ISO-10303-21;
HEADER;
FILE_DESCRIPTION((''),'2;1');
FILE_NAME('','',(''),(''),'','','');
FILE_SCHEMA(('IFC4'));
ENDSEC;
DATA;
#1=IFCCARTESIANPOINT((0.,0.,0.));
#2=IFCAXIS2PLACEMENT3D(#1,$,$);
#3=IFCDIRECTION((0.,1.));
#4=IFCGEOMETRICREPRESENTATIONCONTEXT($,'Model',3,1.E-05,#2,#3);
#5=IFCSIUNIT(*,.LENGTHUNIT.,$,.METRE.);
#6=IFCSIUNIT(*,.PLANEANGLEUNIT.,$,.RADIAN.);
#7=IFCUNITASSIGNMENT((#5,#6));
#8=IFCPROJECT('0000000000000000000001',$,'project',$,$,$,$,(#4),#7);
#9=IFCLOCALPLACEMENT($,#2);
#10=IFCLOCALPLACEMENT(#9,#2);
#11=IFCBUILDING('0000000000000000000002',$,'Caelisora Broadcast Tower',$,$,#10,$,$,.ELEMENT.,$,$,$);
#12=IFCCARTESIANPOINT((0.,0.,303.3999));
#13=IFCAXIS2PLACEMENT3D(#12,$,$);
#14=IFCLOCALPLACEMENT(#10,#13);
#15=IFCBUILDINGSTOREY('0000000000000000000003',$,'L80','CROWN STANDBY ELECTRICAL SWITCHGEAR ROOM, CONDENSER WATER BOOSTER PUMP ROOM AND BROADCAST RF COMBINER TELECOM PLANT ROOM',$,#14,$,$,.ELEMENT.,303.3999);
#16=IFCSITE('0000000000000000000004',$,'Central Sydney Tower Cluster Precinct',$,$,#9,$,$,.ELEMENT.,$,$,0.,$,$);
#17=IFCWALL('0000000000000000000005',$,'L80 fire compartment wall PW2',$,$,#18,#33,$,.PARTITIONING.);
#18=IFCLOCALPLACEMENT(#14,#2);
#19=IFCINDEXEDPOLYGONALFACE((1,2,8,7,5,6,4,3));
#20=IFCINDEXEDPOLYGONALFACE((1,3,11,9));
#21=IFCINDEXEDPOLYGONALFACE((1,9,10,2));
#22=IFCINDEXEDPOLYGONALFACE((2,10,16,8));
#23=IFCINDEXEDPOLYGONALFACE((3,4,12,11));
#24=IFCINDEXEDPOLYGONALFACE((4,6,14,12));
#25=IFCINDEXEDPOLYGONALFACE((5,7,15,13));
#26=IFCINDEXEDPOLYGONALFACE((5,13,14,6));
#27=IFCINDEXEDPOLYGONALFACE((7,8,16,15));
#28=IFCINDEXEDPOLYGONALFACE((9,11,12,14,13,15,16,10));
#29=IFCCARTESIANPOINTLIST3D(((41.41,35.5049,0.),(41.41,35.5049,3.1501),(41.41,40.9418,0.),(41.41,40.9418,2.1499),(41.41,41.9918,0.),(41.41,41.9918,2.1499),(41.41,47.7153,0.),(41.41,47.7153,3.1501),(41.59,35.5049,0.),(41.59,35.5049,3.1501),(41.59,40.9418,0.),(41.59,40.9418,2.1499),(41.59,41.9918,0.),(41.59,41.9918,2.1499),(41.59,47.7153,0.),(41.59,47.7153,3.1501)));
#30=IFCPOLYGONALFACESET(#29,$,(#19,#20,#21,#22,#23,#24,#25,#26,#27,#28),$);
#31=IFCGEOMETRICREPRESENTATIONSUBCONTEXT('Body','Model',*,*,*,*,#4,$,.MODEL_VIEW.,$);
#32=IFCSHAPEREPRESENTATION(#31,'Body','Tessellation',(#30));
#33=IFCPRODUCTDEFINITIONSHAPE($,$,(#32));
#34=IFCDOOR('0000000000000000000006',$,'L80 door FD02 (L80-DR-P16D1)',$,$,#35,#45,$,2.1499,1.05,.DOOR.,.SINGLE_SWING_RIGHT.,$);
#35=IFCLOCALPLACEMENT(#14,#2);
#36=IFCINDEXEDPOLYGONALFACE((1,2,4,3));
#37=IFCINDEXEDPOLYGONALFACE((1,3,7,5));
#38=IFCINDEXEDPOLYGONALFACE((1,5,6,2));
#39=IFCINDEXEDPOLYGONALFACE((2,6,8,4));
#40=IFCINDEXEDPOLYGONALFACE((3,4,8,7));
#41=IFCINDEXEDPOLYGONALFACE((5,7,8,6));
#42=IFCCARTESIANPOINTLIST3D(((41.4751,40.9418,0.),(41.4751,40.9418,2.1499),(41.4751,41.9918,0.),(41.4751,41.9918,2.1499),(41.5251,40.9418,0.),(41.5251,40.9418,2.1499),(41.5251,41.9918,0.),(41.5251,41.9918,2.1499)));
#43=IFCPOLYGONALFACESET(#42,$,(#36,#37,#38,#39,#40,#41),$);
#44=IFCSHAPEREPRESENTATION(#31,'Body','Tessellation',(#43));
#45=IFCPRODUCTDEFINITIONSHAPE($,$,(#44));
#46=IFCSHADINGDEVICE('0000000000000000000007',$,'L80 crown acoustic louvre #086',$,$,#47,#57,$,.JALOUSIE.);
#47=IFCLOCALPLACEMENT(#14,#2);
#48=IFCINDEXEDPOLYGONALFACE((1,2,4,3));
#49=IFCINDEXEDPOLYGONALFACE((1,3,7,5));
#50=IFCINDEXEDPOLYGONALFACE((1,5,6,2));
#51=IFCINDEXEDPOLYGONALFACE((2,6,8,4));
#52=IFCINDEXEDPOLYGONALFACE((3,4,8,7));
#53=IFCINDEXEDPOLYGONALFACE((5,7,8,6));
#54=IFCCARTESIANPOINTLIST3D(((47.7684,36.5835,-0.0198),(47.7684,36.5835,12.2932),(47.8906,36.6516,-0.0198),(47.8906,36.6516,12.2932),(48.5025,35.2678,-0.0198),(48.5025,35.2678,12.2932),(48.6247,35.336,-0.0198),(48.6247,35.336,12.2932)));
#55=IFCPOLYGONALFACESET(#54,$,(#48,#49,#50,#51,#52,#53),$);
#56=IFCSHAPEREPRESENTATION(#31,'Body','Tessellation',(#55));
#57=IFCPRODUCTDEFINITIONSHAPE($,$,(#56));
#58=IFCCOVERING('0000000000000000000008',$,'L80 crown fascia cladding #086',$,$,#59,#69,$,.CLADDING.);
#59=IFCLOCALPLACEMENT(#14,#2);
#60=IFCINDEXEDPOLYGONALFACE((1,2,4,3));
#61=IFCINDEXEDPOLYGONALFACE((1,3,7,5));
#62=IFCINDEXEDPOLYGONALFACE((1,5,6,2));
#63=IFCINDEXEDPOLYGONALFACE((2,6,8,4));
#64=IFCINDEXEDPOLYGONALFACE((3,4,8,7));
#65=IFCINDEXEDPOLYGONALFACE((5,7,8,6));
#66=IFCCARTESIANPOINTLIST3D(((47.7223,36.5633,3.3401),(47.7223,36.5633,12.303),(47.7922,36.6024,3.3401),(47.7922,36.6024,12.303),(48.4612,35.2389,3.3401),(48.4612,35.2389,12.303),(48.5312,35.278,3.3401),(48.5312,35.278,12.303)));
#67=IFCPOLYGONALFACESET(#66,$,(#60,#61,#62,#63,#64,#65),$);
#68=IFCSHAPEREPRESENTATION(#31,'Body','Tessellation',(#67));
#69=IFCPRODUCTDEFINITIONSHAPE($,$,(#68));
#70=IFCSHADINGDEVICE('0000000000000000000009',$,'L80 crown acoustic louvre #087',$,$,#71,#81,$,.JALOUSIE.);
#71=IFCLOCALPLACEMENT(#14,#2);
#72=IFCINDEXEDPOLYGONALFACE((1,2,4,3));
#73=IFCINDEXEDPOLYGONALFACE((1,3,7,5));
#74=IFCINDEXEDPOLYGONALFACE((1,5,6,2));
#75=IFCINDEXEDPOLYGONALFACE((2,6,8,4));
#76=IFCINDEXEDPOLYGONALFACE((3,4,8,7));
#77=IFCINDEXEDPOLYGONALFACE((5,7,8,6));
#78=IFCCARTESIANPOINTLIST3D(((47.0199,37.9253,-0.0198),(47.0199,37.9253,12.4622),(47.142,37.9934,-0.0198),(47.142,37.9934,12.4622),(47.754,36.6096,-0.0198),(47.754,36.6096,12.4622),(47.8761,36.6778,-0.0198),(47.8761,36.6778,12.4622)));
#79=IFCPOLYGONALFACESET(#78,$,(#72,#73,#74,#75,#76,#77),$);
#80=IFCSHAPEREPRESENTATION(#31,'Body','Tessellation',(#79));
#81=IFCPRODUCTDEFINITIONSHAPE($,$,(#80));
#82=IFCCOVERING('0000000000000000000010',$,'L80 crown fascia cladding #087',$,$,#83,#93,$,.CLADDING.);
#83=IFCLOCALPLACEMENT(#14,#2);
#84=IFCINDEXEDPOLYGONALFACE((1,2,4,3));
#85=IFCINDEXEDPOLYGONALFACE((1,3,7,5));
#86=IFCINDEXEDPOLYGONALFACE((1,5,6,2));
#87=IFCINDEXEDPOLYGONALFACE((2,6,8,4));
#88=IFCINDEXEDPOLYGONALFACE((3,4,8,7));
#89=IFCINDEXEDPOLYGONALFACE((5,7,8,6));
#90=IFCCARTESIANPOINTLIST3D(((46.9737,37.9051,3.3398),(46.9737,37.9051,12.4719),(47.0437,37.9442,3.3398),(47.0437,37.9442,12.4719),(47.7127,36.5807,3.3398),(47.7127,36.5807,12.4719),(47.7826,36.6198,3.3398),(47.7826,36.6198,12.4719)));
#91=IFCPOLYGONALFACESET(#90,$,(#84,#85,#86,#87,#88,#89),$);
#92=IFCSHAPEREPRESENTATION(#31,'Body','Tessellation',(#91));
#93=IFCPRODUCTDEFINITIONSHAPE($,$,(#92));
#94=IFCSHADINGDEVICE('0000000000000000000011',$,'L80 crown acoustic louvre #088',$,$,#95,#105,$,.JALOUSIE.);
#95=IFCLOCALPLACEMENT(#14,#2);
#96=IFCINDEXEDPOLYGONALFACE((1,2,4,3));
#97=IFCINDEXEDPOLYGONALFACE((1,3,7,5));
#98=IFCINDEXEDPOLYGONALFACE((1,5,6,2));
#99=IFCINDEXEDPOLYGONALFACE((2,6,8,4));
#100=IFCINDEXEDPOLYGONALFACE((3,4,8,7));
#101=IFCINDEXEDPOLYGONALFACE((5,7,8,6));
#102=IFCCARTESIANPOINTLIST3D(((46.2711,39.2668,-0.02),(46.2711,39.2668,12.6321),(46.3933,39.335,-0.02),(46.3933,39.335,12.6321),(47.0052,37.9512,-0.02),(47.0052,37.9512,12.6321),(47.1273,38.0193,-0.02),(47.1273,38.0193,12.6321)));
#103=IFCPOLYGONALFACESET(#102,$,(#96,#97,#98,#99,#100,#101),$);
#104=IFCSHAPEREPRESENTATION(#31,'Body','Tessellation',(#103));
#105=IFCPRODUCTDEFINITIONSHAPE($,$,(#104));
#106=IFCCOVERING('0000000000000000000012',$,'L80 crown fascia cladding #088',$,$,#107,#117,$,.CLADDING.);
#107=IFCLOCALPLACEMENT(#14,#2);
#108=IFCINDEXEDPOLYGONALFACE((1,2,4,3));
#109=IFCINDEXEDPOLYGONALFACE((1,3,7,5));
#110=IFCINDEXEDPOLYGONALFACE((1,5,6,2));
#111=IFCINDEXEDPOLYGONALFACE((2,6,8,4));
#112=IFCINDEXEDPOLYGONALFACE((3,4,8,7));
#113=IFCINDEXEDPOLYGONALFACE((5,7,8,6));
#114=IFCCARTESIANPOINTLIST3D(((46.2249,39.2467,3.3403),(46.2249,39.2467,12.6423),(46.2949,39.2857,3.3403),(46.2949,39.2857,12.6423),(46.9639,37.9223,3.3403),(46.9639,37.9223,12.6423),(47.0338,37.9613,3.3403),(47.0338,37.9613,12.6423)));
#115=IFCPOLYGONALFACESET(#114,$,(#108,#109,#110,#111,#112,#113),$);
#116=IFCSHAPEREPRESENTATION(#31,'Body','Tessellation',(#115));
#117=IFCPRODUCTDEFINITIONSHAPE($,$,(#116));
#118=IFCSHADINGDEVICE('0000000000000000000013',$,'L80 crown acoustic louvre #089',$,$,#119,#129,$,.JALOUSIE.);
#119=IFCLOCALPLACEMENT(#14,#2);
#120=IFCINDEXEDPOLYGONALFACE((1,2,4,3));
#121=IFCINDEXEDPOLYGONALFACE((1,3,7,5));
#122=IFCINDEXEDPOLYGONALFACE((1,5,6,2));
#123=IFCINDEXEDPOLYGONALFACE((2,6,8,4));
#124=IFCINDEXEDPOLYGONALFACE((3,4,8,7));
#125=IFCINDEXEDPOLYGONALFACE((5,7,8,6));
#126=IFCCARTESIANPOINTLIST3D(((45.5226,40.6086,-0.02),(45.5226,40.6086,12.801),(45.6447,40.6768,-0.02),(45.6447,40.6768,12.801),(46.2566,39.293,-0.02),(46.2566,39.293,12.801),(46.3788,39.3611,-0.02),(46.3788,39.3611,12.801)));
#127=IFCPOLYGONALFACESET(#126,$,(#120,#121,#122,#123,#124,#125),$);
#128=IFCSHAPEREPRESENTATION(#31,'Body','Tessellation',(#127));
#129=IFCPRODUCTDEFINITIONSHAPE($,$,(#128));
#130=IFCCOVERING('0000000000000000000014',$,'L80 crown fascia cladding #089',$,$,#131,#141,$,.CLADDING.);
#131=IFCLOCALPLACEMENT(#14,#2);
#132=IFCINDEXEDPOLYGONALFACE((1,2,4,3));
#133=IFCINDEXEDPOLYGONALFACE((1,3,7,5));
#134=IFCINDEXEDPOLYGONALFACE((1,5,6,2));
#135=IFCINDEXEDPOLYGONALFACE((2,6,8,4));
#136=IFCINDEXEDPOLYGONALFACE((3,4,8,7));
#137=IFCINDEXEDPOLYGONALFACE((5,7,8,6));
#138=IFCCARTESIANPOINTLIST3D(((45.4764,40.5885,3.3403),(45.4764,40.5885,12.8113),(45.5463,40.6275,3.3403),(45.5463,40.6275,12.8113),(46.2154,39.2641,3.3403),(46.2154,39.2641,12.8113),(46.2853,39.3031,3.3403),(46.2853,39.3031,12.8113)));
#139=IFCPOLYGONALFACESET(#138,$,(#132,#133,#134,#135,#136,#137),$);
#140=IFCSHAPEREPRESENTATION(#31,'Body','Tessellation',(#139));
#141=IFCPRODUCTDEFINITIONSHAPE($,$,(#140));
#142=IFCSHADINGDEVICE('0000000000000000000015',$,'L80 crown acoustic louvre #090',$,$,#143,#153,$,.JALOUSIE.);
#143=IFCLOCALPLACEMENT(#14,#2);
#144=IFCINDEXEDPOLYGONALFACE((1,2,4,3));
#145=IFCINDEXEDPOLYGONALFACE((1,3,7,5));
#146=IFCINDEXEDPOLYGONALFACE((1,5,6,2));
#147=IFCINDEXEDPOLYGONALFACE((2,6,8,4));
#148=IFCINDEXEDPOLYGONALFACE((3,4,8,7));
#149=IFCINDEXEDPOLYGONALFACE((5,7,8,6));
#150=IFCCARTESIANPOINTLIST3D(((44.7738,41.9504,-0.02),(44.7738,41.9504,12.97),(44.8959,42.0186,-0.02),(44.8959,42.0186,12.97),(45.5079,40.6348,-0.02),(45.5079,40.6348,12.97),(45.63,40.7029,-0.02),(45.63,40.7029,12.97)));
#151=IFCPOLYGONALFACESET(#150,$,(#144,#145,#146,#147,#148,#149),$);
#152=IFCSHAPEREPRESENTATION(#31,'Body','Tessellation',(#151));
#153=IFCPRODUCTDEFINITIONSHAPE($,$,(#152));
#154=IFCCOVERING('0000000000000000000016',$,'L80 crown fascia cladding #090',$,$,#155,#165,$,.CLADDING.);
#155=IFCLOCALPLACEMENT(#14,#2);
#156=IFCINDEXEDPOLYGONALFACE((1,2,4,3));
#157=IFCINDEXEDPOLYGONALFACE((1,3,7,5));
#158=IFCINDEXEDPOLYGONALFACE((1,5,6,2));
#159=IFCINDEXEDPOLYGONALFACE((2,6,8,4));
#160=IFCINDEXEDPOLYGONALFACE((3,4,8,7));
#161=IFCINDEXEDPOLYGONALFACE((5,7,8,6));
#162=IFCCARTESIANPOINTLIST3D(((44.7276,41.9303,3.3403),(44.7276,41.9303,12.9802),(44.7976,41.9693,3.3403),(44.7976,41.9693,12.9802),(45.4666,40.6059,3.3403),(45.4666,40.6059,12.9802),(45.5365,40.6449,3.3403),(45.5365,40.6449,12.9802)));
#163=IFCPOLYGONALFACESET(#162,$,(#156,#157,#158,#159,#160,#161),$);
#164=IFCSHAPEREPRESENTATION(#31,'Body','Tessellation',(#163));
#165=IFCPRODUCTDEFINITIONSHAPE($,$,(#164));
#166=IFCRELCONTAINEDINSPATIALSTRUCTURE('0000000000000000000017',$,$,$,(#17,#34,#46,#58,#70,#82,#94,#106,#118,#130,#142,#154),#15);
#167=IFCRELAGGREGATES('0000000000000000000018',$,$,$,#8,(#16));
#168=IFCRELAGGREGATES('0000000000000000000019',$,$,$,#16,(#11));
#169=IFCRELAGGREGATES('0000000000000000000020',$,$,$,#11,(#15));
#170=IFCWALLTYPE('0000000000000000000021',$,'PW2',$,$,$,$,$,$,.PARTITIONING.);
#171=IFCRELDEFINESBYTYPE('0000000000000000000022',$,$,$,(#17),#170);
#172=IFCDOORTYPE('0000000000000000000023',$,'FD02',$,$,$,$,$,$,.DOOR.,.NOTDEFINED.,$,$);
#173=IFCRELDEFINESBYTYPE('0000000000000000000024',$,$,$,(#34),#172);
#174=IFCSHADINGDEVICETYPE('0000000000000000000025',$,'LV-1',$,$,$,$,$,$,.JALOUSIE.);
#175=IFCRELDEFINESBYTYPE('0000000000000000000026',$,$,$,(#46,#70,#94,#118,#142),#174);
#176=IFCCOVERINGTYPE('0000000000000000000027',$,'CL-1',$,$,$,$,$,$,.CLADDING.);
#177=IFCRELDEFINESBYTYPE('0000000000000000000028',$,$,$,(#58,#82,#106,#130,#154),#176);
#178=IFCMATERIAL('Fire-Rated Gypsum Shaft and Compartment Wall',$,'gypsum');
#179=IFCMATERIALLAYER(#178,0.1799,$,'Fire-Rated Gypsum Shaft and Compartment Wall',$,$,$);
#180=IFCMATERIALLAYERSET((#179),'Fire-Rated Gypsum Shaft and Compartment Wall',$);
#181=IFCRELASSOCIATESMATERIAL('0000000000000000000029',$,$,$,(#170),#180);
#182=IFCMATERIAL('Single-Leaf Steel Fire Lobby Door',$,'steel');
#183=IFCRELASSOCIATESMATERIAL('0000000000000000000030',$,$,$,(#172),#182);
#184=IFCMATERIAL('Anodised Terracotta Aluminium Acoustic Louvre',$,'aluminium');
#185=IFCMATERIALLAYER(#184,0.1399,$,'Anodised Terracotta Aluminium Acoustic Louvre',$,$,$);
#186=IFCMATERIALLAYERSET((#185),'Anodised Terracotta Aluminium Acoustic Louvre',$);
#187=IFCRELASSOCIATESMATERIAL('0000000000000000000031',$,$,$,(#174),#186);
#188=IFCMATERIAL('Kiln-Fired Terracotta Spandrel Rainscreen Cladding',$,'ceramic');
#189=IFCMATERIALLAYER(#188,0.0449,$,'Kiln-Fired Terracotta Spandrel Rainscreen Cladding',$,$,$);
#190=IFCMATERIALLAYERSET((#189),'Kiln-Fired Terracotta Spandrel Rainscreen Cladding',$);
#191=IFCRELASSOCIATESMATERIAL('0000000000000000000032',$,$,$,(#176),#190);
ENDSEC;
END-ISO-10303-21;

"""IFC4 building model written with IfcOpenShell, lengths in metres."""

from ifc_helpers import new_model, si_unit, direction, frame, frame_2d, origin, origin_2d, place, context, subcontext, project, spatial, rectangle, extrude, source, transform, mapped, material, layer, layer_set, type_object, element, fill, save


model = new_model("IFC4")

# Units and contexts
model_context = context("Model", 3, precision=1e-05, world=origin(), true_north=direction((0.0, 1.0)))
body_context = subcontext(model_context, "Body", "Model", "MODEL_VIEW")
ifc_project = project(units=[si_unit("LENGTHUNIT", "METRE"), si_unit("PLANEANGLEUNIT", "RADIAN")], contexts=[model_context])

# Site, building, storey
site_placement = place(None, origin())
site = spatial("IfcSite", under=ifc_project, at=site_placement, Name="Central Sydney Tower Cluster Precinct", CompositionType="ELEMENT", RefElevation=0.0)
building_placement = place(site_placement, origin())
building = spatial("IfcBuilding", under=site, at=building_placement, Name="Caelisora Broadcast Tower", CompositionType="ELEMENT")
storey_placement = place(building_placement, frame((0.0, 0.0, 303.3999)))
storey = spatial("IfcBuildingStorey", under=building, at=storey_placement, Name="L80", Description="CROWN STANDBY ELECTRICAL SWITCHGEAR ROOM, CONDENSER WATER BOOSTER PUMP ROOM AND BROADCAST RF COMBINER TELECOM PLANT ROOM", CompositionType="ELEMENT", Elevation=303.3999)

# Wall, opening, door
ifc_material_1 = material(Name="Fire-Rated Gypsum Shaft and Compartment Wall", Category="gypsum")
ifc_layer_1 = layer(ifc_material_1, 0.1799, Name="Fire-Rated Gypsum Shaft and Compartment Wall")
ifc_layer_set_1 = layer_set([ifc_layer_1], Name="Fire-Rated Gypsum Shaft and Compartment Wall")
wall_type = type_object("IfcWallType", Name="PW2", PredefinedType="PARTITIONING", material=ifc_layer_set_1)
wall_placement = place(storey_placement, frame((41.5, 35.5049, 0.0), z_axis=(0.0, 0.0, 1.0), x_axis=(0.0, 1.0, 0.0)))
wall = element("IfcWall", 1, at=wall_placement, inside=storey, type_object=wall_type, Name="L80 fire compartment wall PW2", PredefinedType="PARTITIONING", context=body_context, shape_type="SweptSolid", body=[
    extrude(rectangle(XDim=12.2104, YDim=0.1799, at=frame_2d((6.1052, 0.0))), origin(), (0.0, 0.0, 1.0), 3.1501),
])
opening_placement = place(wall_placement, frame((5.437, 0.0, 0.0)))
opening = element("IfcOpeningElement", 2, at=opening_placement, cuts=wall, PredefinedType="OPENING", context=body_context, shape_type="SweptSolid", body=[
    extrude(rectangle(XDim=1.05, YDim=2.1499, at=frame_2d((0.5249, 1.075))), frame((0.0, 0.1021, 0.0), z_axis=(0.0, -1.0, 0.0), x_axis=(1.0, 0.0, 0.0)), (0.0, 0.0, 1.0), 0.2039),
])
ifc_material_2 = material(Name="Single-Leaf Steel Fire Lobby Door", Category="steel")
door_type = type_object("IfcDoorType", Name="FD02", OperationType="NOTDEFINED", PredefinedType="DOOR", material=ifc_material_2)
door_placement = place(opening_placement, origin())
door = element("IfcDoor", 3, at=door_placement, inside=storey, type_object=door_type, Name="L80 door FD02 (L80-DR-P16D1)", OperationType="SINGLE_SWING_RIGHT", OverallHeight=2.1499, OverallWidth=1.05, PredefinedType="DOOR", context=body_context, shape_type="SweptSolid", body=[
    extrude(rectangle(XDim=1.05, YDim=2.1499, at=frame_2d((0.5249, 1.075))), frame((0.0, 0.0249, 0.0), z_axis=(0.0, -1.0, 0.0), x_axis=(1.0, 0.0, 0.0)), (0.0, 0.0, 1.0), 0.05),
])
fill(opening, door)

# Shading device
ifc_material_3 = material(Name="Anodised Terracotta Aluminium Acoustic Louvre", Category="aluminium")
ifc_layer_2 = layer(ifc_material_3, 0.1399, Name="Anodised Terracotta Aluminium Acoustic Louvre")
ifc_layer_set_2 = layer_set([ifc_layer_2], Name="Anodised Terracotta Aluminium Acoustic Louvre")
shading_device_type = type_object("IfcShadingDeviceType", Name="LV-1", PredefinedType="JALOUSIE", material=ifc_layer_set_2)
shared_shape_1 = source(origin(), body_context, "Body", "SweptSolid", [
    extrude(rectangle(XDim=1.5066, YDim=0.1399, at=origin_2d()), origin(), (0.0, 0.0, 1.0), 12.313),
])
shading_device_1_placement = place(storey_placement, frame((48.1965, 35.9597, -0.0198), z_axis=(0.0, 0.0, 1.0), x_axis=(-0.48725, 0.873262, 0.0)))
element("IfcShadingDevice", 4, at=shading_device_1_placement, inside=storey, type_object=shading_device_type, Name="L80 crown acoustic louvre #086", PredefinedType="JALOUSIE", context=body_context, shape_type="MappedRepresentation", body=[
    mapped(shared_shape_1, transform((0.0, 0.0, 0.0), scale=1.0)),
])

# Covering
ifc_material_4 = material(Name="Kiln-Fired Terracotta Spandrel Rainscreen Cladding", Category="ceramic")
ifc_layer_3 = layer(ifc_material_4, 0.0449, Name="Kiln-Fired Terracotta Spandrel Rainscreen Cladding")
ifc_layer_set_3 = layer_set([ifc_layer_3], Name="Kiln-Fired Terracotta Spandrel Rainscreen Cladding")
covering_type = type_object("IfcCoveringType", Name="CL-1", PredefinedType="CLADDING", material=ifc_layer_set_3)
shared_shape_2 = source(origin(), body_context, "Body", "SweptSolid", [
    extrude(rectangle(XDim=1.5166, YDim=0.0801, at=origin_2d()), origin(), (0.0, 0.0, 1.0), 8.9629),
])
covering_1_placement = place(storey_placement, frame((48.1267, 35.9207, 3.3401), z_axis=(0.0, 0.0, 1.0), x_axis=(-0.48725, 0.873262, 0.0)))
element("IfcCovering", 5, at=covering_1_placement, inside=storey, type_object=covering_type, Name="L80 crown fascia cladding #086", PredefinedType="CLADDING", context=body_context, shape_type="MappedRepresentation", body=[
    mapped(shared_shape_2, transform((0.0, 0.0, 0.0), scale=1.0)),
])

# Shading device
shared_shape_3 = source(origin(), body_context, "Body", "SweptSolid", [
    extrude(rectangle(XDim=1.5066, YDim=0.1399, at=origin_2d()), origin(), (0.0, 0.0, 1.0), 12.4819),
])
shading_device_2_placement = place(storey_placement, frame((47.448, 37.3015, -0.0198), z_axis=(0.0, 0.0, 1.0), x_axis=(-0.48725, 0.873262, 0.0)))
element("IfcShadingDevice", 6, at=shading_device_2_placement, inside=storey, type_object=shading_device_type, Name="L80 crown acoustic louvre #087", PredefinedType="JALOUSIE", context=body_context, shape_type="MappedRepresentation", body=[
    mapped(shared_shape_3, transform((0.0, 0.0, 0.0), scale=1.0)),
])

# Covering
shared_shape_4 = source(origin(), body_context, "Body", "SweptSolid", [
    extrude(rectangle(XDim=1.5166, YDim=0.0801, at=origin_2d()), origin(), (0.0, 0.0, 1.0), 9.1321),
])
covering_2_placement = place(storey_placement, frame((47.3782, 37.2625, 3.3398), z_axis=(0.0, 0.0, 1.0), x_axis=(-0.48725, 0.873262, 0.0)))
element("IfcCovering", 7, at=covering_2_placement, inside=storey, type_object=covering_type, Name="L80 crown fascia cladding #087", PredefinedType="CLADDING", context=body_context, shape_type="MappedRepresentation", body=[
    mapped(shared_shape_4, transform((0.0, 0.0, 0.0), scale=1.0)),
])

# Shading device
shared_shape_5 = source(origin(), body_context, "Body", "SweptSolid", [
    extrude(rectangle(XDim=1.5066, YDim=0.1399, at=origin_2d()), origin(), (0.0, 0.0, 1.0), 12.6521),
])
shading_device_3_placement = place(storey_placement, frame((46.6992, 38.6431, -0.02), z_axis=(0.0, 0.0, 1.0), x_axis=(-0.48725, 0.873262, 0.0)))
element("IfcShadingDevice", 8, at=shading_device_3_placement, inside=storey, type_object=shading_device_type, Name="L80 crown acoustic louvre #088", PredefinedType="JALOUSIE", context=body_context, shape_type="MappedRepresentation", body=[
    mapped(shared_shape_5, transform((0.0, 0.0, 0.0), scale=1.0)),
])

# Covering
shared_shape_6 = source(origin(), body_context, "Body", "SweptSolid", [
    extrude(rectangle(XDim=1.5166, YDim=0.0801, at=origin_2d()), origin(), (0.0, 0.0, 1.0), 9.302),
])
covering_3_placement = place(storey_placement, frame((46.6294, 38.604, 3.3403), z_axis=(0.0, 0.0, 1.0), x_axis=(-0.48725, 0.873262, 0.0)))
element("IfcCovering", 9, at=covering_3_placement, inside=storey, type_object=covering_type, Name="L80 crown fascia cladding #088", PredefinedType="CLADDING", context=body_context, shape_type="MappedRepresentation", body=[
    mapped(shared_shape_6, transform((0.0, 0.0, 0.0), scale=1.0)),
])

# Shading device
shared_shape_7 = source(origin(), body_context, "Body", "SweptSolid", [
    extrude(rectangle(XDim=1.5066, YDim=0.1399, at=origin_2d()), origin(), (0.0, 0.0, 1.0), 12.821),
])
shading_device_4_placement = place(storey_placement, frame((45.9507, 39.9849, -0.02), z_axis=(0.0, 0.0, 1.0), x_axis=(-0.48725, 0.873262, 0.0)))
element("IfcShadingDevice", 10, at=shading_device_4_placement, inside=storey, type_object=shading_device_type, Name="L80 crown acoustic louvre #089", PredefinedType="JALOUSIE", context=body_context, shape_type="MappedRepresentation", body=[
    mapped(shared_shape_7, transform((0.0, 0.0, 0.0), scale=1.0)),
])

# Covering
shared_shape_8 = source(origin(), body_context, "Body", "SweptSolid", [
    extrude(rectangle(XDim=1.5166, YDim=0.0801, at=origin_2d()), origin(), (0.0, 0.0, 1.0), 9.4709),
])
covering_4_placement = place(storey_placement, frame((45.8809, 39.9458, 3.3403), z_axis=(0.0, 0.0, 1.0), x_axis=(-0.48725, 0.873262, 0.0)))
element("IfcCovering", 11, at=covering_4_placement, inside=storey, type_object=covering_type, Name="L80 crown fascia cladding #089", PredefinedType="CLADDING", context=body_context, shape_type="MappedRepresentation", body=[
    mapped(shared_shape_8, transform((0.0, 0.0, 0.0), scale=1.0)),
])

# Shading device
shared_shape_9 = source(origin(), body_context, "Body", "SweptSolid", [
    extrude(rectangle(XDim=1.5066, YDim=0.1399, at=origin_2d()), origin(), (0.0, 0.0, 1.0), 12.99),
])
shading_device_5_placement = place(storey_placement, frame((45.2019, 41.3267, -0.02), z_axis=(0.0, 0.0, 1.0), x_axis=(-0.48725, 0.873262, 0.0)))
element("IfcShadingDevice", 12, at=shading_device_5_placement, inside=storey, type_object=shading_device_type, Name="L80 crown acoustic louvre #090", PredefinedType="JALOUSIE", context=body_context, shape_type="MappedRepresentation", body=[
    mapped(shared_shape_9, transform((0.0, 0.0, 0.0), scale=1.0)),
])

# Covering
shared_shape_10 = source(origin(), body_context, "Body", "SweptSolid", [
    extrude(rectangle(XDim=1.5166, YDim=0.0801, at=origin_2d()), origin(), (0.0, 0.0, 1.0), 9.6399),
])
covering_5_placement = place(storey_placement, frame((45.1321, 41.2876, 3.3403), z_axis=(0.0, 0.0, 1.0), x_axis=(-0.48725, 0.873262, 0.0)))
element("IfcCovering", 13, at=covering_5_placement, inside=storey, type_object=covering_type, Name="L80 crown fascia cladding #090", PredefinedType="CLADDING", context=body_context, shape_type="MappedRepresentation", body=[
    mapped(shared_shape_10, transform((0.0, 0.0, 0.0), scale=1.0)),
])

save(model, "model.ifc")
